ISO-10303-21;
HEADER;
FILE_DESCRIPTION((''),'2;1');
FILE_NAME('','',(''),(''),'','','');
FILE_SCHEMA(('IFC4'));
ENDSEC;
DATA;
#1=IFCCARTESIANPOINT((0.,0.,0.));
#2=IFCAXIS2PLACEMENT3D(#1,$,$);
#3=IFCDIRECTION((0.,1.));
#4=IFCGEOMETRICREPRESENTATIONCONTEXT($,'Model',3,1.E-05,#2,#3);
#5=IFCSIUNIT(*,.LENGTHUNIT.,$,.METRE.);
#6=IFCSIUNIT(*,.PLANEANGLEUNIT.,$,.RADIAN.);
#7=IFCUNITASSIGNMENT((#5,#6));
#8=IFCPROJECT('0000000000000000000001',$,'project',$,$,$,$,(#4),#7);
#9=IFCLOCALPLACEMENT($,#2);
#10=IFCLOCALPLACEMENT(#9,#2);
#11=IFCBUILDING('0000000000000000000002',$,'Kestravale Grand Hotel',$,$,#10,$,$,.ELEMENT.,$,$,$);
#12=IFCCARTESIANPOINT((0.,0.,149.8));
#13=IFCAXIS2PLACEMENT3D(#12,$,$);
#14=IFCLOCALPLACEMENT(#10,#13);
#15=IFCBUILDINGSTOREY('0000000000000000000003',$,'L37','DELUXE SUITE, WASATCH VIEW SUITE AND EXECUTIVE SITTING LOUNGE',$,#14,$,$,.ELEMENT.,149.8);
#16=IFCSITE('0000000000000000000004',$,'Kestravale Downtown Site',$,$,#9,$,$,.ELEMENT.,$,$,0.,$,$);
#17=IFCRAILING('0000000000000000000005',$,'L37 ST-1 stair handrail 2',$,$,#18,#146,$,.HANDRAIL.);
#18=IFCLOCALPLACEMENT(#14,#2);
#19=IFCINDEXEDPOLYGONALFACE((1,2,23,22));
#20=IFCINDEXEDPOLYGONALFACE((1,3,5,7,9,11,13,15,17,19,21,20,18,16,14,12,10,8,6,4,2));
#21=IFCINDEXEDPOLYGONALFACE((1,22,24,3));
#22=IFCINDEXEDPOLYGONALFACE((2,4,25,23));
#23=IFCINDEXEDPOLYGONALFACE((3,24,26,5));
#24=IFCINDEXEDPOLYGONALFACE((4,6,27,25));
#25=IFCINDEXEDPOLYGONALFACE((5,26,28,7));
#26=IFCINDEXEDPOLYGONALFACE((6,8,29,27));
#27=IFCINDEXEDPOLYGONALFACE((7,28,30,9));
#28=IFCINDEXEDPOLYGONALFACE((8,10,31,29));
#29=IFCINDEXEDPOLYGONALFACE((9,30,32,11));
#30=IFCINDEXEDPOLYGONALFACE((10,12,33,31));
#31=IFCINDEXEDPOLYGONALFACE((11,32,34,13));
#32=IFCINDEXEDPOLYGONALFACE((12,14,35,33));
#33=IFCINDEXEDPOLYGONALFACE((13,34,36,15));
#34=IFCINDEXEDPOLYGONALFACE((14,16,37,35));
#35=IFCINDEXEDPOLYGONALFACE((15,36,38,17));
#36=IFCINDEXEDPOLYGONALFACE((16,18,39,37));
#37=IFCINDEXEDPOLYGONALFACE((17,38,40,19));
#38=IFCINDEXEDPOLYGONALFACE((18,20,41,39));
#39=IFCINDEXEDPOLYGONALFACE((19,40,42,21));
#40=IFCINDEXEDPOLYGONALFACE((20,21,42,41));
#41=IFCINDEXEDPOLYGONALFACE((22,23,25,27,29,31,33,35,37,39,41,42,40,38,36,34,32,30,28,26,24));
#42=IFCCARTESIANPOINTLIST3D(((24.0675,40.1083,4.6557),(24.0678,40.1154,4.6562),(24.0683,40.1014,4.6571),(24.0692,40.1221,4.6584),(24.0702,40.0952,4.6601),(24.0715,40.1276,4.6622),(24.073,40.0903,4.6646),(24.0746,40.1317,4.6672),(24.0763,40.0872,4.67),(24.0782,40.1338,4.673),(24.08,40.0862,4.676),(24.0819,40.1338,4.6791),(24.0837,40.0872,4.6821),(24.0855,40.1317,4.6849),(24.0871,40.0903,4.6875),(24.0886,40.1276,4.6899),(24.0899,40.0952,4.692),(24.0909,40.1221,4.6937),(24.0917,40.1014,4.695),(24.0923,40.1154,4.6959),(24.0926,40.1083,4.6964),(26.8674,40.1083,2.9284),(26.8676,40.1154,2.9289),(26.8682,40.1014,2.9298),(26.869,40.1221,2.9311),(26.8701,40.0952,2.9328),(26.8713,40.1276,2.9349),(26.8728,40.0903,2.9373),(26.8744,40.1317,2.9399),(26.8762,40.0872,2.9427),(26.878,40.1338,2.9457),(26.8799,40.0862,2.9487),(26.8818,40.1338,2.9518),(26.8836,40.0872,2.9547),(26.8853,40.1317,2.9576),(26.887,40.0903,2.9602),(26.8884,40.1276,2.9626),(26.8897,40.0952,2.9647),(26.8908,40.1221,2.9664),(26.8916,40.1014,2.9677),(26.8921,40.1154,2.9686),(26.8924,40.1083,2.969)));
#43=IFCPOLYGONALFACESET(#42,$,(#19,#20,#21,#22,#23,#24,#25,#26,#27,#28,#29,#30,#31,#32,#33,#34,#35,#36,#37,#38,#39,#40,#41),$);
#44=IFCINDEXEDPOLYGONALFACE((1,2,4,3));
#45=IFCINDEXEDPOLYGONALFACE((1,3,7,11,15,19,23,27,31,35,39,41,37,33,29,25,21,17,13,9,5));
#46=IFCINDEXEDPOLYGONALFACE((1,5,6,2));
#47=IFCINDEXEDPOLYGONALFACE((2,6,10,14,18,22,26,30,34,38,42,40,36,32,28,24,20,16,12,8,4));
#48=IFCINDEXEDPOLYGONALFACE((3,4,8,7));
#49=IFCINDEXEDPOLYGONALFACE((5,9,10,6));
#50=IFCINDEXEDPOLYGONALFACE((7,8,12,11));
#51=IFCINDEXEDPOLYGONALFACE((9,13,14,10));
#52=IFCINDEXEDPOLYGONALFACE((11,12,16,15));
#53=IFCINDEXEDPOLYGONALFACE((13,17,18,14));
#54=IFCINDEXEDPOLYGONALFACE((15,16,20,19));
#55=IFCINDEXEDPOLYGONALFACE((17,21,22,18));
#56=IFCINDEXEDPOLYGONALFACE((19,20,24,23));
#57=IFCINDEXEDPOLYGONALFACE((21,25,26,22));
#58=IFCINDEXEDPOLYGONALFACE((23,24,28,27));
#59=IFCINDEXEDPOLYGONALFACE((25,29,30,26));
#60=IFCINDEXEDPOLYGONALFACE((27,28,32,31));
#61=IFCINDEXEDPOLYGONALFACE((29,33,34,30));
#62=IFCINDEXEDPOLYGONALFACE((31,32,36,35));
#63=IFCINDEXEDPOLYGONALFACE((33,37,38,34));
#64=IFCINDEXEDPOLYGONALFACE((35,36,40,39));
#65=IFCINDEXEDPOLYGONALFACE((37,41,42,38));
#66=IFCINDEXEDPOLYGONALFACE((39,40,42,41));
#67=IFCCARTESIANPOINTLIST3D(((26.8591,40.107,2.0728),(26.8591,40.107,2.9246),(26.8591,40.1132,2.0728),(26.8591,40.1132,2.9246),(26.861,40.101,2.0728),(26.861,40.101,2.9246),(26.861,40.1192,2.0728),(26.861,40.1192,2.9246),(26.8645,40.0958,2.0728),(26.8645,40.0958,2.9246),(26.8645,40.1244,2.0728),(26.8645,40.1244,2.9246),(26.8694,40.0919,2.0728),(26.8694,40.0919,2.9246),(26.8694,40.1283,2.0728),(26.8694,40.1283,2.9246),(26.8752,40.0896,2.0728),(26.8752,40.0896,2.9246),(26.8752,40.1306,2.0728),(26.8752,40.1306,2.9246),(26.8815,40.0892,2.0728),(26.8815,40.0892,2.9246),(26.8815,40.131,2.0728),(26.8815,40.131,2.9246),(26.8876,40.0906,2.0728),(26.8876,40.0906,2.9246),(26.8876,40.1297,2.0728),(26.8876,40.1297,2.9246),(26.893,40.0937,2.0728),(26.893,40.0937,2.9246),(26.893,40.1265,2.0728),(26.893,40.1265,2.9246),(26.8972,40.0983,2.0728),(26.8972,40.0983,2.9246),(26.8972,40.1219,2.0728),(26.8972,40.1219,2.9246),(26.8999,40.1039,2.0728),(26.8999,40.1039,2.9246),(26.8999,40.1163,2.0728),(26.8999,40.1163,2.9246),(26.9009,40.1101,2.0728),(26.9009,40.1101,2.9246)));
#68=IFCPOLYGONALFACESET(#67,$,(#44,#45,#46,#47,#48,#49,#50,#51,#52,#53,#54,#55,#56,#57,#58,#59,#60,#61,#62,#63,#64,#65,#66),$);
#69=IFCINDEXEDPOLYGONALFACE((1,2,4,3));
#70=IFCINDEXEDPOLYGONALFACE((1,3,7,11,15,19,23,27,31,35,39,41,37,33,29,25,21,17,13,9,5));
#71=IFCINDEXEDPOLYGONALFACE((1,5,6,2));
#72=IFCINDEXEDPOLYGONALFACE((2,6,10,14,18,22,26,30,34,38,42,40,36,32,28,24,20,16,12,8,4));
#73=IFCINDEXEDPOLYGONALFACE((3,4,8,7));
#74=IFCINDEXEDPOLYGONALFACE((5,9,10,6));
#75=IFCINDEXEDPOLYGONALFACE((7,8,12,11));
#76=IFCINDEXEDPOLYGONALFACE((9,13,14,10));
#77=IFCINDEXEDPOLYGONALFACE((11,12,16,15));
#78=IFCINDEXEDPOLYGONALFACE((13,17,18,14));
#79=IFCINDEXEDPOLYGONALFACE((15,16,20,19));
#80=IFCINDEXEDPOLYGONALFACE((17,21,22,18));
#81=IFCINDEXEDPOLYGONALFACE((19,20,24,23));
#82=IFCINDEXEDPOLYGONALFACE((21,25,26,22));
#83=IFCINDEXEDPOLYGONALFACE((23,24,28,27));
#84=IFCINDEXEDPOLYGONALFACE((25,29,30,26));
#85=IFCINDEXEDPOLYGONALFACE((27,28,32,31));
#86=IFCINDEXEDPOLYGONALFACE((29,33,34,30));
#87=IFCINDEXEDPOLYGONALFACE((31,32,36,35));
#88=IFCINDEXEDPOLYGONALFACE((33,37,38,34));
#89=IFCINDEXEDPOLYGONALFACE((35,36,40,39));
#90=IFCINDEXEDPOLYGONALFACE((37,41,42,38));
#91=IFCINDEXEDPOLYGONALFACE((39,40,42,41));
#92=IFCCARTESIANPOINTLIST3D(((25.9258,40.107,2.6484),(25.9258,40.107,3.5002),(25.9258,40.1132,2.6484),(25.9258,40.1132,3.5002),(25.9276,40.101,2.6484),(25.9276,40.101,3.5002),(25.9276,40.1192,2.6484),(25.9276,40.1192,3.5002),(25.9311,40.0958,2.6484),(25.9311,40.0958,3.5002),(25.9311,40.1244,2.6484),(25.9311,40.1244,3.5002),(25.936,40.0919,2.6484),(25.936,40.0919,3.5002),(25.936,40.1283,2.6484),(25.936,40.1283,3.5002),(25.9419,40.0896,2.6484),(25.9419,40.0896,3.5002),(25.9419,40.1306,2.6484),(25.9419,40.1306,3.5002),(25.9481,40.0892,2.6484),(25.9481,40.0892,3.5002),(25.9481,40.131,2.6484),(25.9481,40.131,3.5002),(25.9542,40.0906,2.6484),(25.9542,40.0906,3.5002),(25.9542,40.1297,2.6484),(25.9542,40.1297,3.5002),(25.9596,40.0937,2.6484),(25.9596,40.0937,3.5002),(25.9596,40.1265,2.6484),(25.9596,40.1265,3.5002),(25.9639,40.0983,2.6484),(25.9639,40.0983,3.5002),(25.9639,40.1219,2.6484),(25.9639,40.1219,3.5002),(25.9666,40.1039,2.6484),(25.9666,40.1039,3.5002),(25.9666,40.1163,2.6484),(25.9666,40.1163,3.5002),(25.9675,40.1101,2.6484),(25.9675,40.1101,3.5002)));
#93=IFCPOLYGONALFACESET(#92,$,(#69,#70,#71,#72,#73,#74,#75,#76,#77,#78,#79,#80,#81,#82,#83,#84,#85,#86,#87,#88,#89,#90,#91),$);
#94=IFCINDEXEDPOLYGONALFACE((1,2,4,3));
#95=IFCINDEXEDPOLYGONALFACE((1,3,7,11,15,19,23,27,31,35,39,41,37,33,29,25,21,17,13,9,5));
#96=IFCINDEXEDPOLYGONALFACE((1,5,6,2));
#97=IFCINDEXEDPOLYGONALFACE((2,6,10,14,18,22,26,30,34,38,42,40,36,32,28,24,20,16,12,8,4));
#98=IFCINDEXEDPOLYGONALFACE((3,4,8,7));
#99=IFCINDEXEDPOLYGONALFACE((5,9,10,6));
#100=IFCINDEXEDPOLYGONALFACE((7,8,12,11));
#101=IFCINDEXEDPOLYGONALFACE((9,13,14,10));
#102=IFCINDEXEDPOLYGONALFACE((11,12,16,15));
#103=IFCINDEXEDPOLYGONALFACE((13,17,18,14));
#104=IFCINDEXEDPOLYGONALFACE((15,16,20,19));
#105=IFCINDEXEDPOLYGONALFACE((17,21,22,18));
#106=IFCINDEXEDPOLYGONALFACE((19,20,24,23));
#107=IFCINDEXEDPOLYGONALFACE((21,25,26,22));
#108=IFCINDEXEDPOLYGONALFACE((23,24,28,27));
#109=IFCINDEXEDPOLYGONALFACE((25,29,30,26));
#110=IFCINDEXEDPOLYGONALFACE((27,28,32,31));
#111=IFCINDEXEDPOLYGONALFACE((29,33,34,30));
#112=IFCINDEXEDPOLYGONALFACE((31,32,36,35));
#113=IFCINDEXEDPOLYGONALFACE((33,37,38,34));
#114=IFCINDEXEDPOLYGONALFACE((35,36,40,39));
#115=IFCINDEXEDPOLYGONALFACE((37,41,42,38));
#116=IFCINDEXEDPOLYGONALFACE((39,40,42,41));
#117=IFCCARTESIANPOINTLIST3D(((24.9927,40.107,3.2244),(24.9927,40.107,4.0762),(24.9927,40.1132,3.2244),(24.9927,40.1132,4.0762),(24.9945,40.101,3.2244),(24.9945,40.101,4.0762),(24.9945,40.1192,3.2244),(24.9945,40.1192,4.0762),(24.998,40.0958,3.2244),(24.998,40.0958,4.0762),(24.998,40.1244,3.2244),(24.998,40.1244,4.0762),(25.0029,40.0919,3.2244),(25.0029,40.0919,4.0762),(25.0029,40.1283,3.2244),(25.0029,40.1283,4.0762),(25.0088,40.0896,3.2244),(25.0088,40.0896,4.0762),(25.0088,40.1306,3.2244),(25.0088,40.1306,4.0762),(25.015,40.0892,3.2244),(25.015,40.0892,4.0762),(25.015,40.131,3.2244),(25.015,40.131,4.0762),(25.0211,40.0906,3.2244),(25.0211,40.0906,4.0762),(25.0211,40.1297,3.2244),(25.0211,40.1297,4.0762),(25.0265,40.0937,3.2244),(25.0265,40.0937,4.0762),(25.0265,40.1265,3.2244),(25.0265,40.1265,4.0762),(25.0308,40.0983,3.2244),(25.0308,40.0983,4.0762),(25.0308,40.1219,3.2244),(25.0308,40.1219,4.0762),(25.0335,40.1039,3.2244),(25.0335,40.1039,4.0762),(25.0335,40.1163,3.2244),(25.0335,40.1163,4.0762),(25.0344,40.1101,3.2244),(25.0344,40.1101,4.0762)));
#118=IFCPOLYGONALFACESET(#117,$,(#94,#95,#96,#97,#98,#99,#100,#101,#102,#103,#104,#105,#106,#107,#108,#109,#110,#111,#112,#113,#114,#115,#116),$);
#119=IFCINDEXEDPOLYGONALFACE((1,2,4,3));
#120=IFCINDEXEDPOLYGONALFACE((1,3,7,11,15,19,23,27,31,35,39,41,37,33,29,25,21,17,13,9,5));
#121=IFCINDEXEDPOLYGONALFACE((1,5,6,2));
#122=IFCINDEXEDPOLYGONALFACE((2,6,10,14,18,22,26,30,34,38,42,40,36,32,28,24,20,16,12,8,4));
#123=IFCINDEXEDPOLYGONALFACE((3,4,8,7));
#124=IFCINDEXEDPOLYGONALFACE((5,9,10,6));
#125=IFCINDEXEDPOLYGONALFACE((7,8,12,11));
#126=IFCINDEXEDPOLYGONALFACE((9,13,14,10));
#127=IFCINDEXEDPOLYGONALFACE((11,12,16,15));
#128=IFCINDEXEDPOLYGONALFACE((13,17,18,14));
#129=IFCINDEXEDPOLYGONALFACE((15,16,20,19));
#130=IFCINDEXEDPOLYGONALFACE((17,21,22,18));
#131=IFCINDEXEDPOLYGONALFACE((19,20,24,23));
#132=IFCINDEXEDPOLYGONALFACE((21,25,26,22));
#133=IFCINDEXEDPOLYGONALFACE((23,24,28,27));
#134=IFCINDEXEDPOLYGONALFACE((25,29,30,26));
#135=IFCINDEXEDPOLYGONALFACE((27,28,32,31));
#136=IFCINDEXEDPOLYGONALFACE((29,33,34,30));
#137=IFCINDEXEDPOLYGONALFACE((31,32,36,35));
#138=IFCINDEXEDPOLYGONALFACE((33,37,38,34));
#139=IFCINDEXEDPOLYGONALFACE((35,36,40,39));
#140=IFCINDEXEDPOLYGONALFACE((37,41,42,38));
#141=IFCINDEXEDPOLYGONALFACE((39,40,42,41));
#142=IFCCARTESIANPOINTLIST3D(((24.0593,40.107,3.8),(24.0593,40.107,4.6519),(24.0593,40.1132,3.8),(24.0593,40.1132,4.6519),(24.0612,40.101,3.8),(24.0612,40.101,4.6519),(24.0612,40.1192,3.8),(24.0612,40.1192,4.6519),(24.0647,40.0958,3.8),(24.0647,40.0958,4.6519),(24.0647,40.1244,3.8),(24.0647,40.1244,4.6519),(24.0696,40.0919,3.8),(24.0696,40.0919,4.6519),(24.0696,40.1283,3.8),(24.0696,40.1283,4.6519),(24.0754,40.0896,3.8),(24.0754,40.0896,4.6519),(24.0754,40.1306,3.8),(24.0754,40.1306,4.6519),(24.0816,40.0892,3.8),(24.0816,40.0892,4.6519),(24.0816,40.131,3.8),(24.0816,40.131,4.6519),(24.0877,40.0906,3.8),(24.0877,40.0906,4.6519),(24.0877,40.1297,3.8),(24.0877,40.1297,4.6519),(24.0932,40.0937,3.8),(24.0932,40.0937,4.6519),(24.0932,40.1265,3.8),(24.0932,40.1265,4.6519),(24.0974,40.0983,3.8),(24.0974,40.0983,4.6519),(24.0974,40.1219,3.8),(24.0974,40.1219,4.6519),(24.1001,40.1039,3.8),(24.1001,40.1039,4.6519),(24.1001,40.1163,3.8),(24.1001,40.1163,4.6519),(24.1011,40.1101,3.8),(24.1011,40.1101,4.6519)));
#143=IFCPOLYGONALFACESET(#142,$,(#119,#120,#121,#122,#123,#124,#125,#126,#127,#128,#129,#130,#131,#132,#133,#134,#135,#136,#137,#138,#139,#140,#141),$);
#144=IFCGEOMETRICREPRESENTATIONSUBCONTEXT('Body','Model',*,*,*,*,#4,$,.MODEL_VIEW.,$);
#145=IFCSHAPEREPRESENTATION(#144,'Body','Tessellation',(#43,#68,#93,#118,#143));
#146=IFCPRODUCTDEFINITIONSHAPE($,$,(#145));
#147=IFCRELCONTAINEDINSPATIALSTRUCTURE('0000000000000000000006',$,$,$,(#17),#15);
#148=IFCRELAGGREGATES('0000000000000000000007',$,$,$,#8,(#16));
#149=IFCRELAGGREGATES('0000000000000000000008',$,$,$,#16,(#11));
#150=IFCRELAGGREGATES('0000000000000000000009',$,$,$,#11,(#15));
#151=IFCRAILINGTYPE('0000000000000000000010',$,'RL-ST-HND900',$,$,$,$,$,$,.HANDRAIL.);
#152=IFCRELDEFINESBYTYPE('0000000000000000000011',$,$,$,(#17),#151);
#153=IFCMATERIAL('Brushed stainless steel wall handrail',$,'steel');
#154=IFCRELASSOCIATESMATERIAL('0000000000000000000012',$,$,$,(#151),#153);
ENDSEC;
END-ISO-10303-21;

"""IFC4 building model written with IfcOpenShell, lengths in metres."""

from ifc_helpers import new_model, si_unit, direction, frame, origin, origin_2d, place, context, subcontext, project, spatial, circle, extrude, material, type_object, element, save


model = new_model("IFC4")

# Units and contexts
model_context = context("Model", 3, precision=1e-05, world=origin(), true_north=direction((0.0, 1.0)))
body_context = subcontext(model_context, "Body", "Model", "MODEL_VIEW")
ifc_project = project(units=[si_unit("LENGTHUNIT", "METRE"), si_unit("PLANEANGLEUNIT", "RADIAN")], contexts=[model_context])

# Site, building, storey
site_placement = place(None, origin())
site = spatial("IfcSite", under=ifc_project, at=site_placement, Name="Kestravale Downtown Site", CompositionType="ELEMENT", RefElevation=0.0)
building_placement = place(site_placement, origin())
building = spatial("IfcBuilding", under=site, at=building_placement, Name="Kestravale Grand Hotel", CompositionType="ELEMENT")
storey_placement = place(building_placement, frame((0.0, 0.0, 149.8)))
storey = spatial("IfcBuildingStorey", under=building, at=storey_placement, Name="L37", Description="DELUXE SUITE, WASATCH VIEW SUITE AND EXECUTIVE SITTING LOUNGE", CompositionType="ELEMENT", Elevation=149.8)

# Railing
ifc_material_1 = material(Name="Brushed stainless steel wall handrail", Category="steel")
railing_type_1 = type_object("IfcRailingType", Name="RL-ST-HND900", PredefinedType="HANDRAIL", material=ifc_material_1)
railing_1_placement = place(storey_placement, frame((26.8799, 40.1101, 2.0728)))
element("IfcRailing", 1, at=railing_1_placement, inside=storey, type_object=railing_type_1, Name="L37 ST-1 stair handrail 2", PredefinedType="HANDRAIL", context=body_context, shape_type="SweptSolid", body=[
    extrude(circle(Radius=0.0239, at=origin_2d()), frame((0.0, 0.0, 0.876), z_axis=(-0.851069, 0.0, 0.525054), x_axis=(0.0, -1.0, 0.0)), (0.0, 0.0, 1.0), 3.2898),
    extrude(circle(Radius=0.021, at=origin_2d()), origin(), (0.0, 0.0, 1.0), 0.8518),
    extrude(circle(Radius=0.021, at=origin_2d()), frame((-0.9333, 0.0, 0.5757)), (0.0, 0.0, 1.0), 0.8518),
    extrude(circle(Radius=0.021, at=origin_2d()), frame((-1.8665, 0.0, 1.1516)), (0.0, 0.0, 1.0), 0.8518),
    extrude(circle(Radius=0.021, at=origin_2d()), frame((-2.7998, 0.0, 1.7273)), (0.0, 0.0, 1.0), 0.8518),
])

save(model, "model.ifc")
